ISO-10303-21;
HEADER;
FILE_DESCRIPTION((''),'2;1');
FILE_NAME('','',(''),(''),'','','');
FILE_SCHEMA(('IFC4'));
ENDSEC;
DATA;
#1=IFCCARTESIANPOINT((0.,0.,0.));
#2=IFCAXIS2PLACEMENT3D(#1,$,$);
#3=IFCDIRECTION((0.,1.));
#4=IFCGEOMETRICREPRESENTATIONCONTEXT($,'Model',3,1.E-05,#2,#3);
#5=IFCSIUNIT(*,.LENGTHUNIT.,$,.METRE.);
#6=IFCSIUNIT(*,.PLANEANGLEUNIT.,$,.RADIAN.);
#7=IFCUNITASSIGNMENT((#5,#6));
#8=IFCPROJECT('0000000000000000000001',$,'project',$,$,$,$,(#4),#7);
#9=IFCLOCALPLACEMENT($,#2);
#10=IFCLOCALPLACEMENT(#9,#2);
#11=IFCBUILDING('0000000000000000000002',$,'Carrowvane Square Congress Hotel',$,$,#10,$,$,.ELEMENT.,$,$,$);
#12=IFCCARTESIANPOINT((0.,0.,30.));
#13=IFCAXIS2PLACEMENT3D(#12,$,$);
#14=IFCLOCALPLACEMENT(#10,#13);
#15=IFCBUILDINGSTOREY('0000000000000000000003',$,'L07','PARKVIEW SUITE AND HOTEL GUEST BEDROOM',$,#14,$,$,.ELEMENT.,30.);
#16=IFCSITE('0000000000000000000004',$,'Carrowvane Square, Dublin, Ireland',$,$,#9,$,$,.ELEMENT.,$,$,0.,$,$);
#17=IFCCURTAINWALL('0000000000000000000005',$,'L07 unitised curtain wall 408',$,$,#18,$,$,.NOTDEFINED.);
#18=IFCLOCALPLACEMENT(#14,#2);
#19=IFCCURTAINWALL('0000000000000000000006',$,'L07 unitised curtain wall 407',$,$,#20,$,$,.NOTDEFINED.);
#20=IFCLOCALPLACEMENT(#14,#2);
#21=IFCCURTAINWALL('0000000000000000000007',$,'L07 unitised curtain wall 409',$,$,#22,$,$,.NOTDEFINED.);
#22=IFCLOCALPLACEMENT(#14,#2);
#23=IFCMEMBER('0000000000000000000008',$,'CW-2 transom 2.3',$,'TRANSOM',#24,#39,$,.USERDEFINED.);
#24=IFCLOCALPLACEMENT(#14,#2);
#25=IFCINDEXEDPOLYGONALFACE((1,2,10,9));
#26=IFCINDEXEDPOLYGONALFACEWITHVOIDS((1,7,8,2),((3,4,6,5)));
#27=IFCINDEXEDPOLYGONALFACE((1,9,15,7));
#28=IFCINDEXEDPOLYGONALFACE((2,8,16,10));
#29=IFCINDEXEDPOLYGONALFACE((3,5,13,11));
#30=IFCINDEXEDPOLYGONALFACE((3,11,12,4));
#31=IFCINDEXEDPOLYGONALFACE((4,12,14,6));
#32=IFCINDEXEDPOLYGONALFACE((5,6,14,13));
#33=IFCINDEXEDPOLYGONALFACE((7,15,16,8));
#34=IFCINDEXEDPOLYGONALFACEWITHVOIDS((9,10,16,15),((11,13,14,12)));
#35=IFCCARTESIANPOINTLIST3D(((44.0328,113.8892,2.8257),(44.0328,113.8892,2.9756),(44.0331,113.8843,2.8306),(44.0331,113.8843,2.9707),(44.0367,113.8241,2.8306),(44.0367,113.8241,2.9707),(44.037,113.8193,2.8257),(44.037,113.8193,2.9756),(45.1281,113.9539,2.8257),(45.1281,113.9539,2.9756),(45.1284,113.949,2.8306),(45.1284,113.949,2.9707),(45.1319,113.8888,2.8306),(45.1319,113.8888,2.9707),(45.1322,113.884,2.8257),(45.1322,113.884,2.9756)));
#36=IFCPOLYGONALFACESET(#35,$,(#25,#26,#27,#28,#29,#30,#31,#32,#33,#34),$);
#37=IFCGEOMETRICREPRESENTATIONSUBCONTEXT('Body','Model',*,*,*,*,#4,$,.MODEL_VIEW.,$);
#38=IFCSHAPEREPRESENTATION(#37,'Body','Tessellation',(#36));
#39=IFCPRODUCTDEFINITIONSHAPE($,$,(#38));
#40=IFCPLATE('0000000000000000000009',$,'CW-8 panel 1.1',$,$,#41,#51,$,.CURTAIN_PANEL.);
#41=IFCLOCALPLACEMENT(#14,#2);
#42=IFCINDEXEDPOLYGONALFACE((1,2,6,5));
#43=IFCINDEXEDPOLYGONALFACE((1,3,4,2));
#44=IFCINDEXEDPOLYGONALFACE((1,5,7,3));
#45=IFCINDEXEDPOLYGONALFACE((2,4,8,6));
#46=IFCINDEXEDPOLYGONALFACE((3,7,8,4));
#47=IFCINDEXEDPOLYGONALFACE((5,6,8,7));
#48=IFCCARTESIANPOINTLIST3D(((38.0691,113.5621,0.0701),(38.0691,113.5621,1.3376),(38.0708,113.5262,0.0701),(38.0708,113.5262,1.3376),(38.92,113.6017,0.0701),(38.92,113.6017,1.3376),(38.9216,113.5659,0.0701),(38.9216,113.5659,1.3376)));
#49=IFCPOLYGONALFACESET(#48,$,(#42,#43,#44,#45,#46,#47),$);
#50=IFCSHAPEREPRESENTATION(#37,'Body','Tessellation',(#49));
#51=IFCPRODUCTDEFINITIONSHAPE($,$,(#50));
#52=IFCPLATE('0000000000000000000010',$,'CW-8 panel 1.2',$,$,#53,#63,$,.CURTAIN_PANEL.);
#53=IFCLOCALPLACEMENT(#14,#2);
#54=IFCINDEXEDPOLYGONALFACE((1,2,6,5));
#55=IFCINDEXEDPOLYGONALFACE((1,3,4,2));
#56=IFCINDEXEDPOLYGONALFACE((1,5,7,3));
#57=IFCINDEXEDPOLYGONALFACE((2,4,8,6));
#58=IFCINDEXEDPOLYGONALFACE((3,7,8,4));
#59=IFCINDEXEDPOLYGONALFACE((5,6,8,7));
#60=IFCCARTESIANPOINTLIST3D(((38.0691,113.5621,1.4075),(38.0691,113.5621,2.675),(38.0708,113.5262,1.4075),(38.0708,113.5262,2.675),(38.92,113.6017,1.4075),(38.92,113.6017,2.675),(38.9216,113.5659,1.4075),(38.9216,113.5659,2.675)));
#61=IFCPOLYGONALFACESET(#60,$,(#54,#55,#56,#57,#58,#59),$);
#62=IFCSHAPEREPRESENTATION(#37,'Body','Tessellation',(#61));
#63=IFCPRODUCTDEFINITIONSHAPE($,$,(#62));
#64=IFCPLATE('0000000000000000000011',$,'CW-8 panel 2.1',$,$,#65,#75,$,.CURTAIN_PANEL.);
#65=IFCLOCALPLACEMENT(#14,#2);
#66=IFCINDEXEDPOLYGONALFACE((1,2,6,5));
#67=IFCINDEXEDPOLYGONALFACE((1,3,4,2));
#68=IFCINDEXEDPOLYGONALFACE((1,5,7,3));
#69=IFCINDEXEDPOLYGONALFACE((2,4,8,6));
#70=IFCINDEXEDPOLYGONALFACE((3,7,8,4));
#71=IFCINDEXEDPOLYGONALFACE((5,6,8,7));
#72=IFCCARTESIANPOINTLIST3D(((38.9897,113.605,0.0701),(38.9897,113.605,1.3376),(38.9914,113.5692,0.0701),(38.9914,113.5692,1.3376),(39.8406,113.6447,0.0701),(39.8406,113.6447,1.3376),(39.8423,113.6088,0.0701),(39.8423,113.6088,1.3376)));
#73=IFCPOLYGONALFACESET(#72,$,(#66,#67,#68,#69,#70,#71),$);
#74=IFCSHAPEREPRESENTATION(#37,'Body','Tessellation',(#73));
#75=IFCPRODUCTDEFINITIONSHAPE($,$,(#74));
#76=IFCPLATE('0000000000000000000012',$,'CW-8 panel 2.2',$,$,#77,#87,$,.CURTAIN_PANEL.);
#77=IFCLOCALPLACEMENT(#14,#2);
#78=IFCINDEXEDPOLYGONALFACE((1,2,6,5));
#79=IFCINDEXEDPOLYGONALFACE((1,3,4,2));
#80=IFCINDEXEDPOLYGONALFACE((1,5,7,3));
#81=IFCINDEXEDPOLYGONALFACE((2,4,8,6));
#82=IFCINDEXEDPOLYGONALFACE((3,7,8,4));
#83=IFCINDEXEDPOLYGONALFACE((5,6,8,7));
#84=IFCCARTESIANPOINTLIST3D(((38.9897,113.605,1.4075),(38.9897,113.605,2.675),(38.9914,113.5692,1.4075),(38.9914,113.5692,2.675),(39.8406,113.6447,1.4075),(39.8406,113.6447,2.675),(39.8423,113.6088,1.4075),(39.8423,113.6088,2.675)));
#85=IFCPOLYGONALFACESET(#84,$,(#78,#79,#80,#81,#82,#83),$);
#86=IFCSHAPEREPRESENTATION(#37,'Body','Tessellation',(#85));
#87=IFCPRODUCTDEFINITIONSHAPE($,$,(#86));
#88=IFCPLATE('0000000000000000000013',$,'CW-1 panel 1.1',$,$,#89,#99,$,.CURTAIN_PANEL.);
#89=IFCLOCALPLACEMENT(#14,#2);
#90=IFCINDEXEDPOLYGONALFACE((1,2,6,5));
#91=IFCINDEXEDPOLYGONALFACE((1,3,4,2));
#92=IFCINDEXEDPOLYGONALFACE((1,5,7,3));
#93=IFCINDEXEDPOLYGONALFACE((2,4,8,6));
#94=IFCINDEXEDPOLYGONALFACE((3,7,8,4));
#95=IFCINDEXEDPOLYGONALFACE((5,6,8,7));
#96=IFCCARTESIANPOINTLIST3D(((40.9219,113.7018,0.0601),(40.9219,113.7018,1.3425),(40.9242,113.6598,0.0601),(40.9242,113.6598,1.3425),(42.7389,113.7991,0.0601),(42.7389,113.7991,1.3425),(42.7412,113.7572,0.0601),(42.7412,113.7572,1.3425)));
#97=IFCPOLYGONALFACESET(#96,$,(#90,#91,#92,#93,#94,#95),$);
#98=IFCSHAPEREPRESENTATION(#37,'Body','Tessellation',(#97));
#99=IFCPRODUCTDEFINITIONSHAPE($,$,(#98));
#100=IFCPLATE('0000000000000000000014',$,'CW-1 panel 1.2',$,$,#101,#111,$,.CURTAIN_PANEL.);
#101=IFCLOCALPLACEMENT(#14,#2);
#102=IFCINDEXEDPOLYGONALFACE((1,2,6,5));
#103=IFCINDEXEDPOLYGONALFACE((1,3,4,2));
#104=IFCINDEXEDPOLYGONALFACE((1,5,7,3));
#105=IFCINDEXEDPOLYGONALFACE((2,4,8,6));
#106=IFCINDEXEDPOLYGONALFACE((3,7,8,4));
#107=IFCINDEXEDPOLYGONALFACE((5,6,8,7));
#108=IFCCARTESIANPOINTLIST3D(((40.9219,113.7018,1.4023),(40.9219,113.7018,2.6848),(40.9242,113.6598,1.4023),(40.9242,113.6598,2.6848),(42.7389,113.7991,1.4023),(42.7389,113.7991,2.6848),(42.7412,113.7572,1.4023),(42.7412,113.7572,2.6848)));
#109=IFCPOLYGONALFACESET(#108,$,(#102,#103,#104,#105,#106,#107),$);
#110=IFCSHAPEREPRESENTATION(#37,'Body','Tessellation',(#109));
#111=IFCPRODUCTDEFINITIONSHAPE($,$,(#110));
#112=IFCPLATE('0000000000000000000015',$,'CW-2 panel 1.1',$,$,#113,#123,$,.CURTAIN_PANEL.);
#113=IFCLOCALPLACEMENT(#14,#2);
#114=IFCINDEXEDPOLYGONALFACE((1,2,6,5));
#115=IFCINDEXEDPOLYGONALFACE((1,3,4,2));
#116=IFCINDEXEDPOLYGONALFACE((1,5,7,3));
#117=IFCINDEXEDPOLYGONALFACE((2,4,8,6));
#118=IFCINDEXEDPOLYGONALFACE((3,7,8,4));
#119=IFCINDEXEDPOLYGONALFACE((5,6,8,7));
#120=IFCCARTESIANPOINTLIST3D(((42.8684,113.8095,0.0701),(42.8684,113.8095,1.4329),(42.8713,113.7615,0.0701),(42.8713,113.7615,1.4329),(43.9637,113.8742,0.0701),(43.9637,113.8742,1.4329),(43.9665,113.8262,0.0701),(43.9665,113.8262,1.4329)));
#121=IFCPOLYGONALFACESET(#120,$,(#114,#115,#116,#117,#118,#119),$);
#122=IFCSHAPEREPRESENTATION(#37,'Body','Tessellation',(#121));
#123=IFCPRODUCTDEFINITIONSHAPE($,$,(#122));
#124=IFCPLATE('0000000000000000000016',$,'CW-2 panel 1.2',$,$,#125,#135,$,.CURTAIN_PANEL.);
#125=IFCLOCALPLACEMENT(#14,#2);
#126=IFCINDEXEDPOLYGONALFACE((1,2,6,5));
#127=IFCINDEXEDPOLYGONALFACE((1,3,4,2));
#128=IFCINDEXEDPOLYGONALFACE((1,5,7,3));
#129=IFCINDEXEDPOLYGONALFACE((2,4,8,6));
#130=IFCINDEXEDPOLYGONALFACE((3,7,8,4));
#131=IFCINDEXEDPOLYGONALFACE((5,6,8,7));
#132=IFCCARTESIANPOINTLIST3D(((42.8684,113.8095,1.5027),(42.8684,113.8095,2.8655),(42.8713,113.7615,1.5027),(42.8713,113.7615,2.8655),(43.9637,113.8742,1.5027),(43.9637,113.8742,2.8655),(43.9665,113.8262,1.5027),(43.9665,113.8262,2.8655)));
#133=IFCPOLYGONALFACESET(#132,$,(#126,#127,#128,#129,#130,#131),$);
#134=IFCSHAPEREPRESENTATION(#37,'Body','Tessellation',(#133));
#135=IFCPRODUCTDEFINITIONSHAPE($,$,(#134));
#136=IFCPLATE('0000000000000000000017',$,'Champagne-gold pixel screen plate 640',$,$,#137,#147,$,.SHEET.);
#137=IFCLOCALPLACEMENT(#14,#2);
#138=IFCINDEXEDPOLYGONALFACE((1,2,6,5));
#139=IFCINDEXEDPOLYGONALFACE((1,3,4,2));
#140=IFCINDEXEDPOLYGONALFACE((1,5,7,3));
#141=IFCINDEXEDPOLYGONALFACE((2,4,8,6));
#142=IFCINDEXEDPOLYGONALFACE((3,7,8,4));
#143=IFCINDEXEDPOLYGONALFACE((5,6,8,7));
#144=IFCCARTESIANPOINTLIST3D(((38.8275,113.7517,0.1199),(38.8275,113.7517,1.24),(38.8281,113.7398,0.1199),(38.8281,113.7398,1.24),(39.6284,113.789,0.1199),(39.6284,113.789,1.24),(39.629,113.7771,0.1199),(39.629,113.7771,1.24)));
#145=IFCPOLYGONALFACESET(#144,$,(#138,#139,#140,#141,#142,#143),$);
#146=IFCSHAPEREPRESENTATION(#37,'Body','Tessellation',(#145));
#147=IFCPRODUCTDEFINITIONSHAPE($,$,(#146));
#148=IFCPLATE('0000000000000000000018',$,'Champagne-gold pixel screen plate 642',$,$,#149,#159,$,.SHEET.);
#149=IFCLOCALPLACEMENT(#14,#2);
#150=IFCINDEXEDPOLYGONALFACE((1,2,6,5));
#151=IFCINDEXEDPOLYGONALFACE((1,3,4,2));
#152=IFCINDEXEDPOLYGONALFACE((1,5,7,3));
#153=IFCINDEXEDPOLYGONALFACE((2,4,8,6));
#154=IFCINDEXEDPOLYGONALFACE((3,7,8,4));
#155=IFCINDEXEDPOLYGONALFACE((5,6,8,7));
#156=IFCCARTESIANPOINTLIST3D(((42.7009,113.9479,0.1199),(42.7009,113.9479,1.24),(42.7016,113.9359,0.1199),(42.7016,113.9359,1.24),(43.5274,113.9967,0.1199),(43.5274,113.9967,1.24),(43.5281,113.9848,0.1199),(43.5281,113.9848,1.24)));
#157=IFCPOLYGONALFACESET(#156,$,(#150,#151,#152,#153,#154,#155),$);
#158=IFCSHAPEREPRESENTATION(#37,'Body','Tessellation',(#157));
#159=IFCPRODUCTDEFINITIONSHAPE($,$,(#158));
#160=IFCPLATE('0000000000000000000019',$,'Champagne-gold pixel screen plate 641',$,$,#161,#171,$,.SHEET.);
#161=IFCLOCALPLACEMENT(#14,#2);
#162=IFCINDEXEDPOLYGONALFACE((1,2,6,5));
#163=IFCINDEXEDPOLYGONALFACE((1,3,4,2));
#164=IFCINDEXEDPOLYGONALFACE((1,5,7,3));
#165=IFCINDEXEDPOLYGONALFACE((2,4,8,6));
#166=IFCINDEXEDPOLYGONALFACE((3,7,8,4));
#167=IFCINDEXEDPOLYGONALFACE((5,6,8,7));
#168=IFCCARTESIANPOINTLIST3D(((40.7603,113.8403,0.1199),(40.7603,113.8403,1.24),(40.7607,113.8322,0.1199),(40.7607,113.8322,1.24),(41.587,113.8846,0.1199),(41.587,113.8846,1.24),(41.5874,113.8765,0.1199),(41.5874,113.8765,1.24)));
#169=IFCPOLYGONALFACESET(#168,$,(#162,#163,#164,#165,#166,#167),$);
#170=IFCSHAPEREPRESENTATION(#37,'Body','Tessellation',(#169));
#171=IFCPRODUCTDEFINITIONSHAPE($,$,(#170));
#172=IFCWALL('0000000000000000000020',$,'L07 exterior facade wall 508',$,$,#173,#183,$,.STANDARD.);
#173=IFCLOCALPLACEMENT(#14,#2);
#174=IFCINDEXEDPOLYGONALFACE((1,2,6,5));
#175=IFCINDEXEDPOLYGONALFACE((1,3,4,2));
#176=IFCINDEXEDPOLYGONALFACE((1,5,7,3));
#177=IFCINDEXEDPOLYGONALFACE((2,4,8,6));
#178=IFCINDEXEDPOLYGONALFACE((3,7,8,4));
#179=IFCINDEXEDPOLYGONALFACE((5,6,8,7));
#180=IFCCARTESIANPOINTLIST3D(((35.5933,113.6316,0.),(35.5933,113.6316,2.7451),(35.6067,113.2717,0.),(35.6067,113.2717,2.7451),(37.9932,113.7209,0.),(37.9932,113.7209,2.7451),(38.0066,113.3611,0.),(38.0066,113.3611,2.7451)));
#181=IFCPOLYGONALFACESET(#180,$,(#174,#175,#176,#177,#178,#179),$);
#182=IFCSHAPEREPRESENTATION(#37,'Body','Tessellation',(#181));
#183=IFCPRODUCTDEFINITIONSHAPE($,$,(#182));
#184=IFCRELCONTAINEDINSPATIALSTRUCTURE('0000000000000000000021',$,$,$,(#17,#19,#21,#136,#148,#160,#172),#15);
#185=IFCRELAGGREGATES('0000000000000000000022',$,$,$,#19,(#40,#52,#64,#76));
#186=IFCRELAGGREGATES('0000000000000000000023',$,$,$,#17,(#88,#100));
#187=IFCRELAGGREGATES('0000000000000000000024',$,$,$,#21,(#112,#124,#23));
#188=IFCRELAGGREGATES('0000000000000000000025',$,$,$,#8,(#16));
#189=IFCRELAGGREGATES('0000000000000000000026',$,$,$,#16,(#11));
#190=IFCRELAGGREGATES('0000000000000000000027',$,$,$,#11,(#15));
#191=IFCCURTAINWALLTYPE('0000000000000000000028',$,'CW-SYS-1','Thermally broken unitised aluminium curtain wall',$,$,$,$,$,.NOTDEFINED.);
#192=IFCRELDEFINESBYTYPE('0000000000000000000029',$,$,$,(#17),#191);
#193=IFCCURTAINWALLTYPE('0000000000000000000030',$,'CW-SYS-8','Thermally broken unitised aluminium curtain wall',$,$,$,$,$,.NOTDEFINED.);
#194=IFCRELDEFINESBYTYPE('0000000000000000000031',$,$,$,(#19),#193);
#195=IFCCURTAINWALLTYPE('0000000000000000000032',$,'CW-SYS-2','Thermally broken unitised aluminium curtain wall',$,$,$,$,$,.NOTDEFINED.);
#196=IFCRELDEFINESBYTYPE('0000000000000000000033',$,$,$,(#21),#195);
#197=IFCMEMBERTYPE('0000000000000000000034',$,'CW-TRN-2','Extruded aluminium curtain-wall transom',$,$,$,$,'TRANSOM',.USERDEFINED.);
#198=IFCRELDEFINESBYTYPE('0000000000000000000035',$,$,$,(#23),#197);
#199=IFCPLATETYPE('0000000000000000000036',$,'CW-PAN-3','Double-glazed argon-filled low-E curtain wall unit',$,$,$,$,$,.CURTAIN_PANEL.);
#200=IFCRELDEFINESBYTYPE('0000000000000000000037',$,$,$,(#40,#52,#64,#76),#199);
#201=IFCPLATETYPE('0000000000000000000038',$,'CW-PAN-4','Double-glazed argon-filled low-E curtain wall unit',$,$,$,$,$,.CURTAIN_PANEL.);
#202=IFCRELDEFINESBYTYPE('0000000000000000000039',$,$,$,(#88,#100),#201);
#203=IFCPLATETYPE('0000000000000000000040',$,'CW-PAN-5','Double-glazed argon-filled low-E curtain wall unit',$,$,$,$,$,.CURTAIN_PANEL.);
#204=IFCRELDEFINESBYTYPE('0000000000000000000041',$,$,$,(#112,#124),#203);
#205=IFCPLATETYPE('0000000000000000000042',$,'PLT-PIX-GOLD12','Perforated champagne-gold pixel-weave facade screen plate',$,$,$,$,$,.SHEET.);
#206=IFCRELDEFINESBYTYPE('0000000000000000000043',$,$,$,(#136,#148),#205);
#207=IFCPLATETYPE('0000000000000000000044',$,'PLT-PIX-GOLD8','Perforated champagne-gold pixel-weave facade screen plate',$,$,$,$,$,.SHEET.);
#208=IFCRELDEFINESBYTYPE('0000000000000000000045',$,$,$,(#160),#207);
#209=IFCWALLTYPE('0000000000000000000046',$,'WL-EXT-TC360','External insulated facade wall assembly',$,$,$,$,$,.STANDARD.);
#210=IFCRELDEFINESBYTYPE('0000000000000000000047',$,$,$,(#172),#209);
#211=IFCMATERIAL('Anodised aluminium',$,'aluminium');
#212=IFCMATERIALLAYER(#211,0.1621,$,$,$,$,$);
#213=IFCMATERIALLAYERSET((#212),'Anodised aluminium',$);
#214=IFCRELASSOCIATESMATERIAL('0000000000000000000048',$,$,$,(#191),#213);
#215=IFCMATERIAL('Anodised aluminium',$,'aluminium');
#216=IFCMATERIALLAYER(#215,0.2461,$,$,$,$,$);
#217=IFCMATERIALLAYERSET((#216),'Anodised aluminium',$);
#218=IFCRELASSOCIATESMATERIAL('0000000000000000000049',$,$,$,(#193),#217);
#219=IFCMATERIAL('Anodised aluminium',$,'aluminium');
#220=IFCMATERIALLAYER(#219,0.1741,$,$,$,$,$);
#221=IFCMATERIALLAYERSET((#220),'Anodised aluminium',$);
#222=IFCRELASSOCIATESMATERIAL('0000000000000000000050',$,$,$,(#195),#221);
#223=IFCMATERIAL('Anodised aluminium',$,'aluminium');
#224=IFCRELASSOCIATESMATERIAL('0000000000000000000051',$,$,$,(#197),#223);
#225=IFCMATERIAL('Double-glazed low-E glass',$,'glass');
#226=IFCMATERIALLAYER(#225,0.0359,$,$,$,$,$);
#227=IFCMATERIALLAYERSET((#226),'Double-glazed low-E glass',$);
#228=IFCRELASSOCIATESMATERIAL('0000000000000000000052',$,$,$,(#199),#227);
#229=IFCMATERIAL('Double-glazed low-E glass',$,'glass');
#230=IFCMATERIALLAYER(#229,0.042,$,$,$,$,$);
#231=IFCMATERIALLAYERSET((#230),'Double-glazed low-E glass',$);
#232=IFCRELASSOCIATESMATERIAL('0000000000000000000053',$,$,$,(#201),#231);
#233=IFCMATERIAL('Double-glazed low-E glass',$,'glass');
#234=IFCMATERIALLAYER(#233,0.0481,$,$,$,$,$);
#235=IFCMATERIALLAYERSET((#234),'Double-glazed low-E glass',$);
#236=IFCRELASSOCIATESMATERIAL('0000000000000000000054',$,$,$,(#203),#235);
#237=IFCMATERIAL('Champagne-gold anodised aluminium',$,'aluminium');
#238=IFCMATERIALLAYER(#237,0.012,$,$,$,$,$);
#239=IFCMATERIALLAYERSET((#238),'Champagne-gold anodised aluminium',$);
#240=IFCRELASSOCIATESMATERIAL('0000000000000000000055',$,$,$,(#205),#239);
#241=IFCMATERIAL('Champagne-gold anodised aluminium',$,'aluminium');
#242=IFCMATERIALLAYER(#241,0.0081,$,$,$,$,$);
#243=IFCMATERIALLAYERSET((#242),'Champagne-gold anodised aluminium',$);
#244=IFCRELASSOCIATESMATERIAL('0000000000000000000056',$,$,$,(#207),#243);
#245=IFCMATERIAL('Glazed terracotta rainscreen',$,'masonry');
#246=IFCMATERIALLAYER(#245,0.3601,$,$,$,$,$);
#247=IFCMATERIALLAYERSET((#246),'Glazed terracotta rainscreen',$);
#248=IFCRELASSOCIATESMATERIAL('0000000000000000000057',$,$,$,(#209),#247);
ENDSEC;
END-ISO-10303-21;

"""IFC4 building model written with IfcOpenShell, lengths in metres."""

from ifc_helpers import new_model, si_unit, direction, frame, frame_2d, origin, origin_2d, place, context, subcontext, project, spatial, rectangle, hollow_rectangle, extrude, material, layer, layer_set, material_profile, profile_set, type_object, element, aggregate, save


model = new_model("IFC4")

# Units and contexts
model_context = context("Model", 3, precision=1e-05, world=origin(), true_north=direction((0.0, 1.0)))
body_context = subcontext(model_context, "Body", "Model", "MODEL_VIEW")
ifc_project = project(units=[si_unit("LENGTHUNIT", "METRE"), si_unit("PLANEANGLEUNIT", "RADIAN")], contexts=[model_context])

# Site, building, storey
site_placement = place(None, origin())
site = spatial("IfcSite", under=ifc_project, at=site_placement, Name="Carrowvane Square, Dublin, Ireland", CompositionType="ELEMENT", RefElevation=0.0)
building_placement = place(site_placement, origin())
building = spatial("IfcBuilding", under=site, at=building_placement, Name="Carrowvane Square Congress Hotel", CompositionType="ELEMENT")
storey_placement = place(building_placement, frame((0.0, 0.0, 30.0)))
storey = spatial("IfcBuildingStorey", under=building, at=storey_placement, Name="L07", Description="PARKVIEW SUITE AND HOTEL GUEST BEDROOM", CompositionType="ELEMENT", Elevation=30.0)

# Curtain walls
ifc_material_1 = material(Name="Anodised aluminium", Category="aluminium")
ifc_layer_1 = layer(ifc_material_1, 0.1621)
ifc_layer_set_1 = layer_set([ifc_layer_1], Name="Anodised aluminium")
curtain_wall_type_1 = type_object("IfcCurtainWallType", Name="CW-SYS-1", Description="Thermally broken unitised aluminium curtain wall", PredefinedType="NOTDEFINED", material=ifc_layer_set_1)
curtain_wall_1_placement = place(storey_placement, origin())
curtain_wall_1 = element("IfcCurtainWall", 1, at=curtain_wall_1_placement, inside=storey, type_object=curtain_wall_type_1, Name="L07 unitised curtain wall 408", PredefinedType="NOTDEFINED")
ifc_material_2 = material(Name="Anodised aluminium", Category="aluminium")
ifc_layer_2 = layer(ifc_material_2, 0.2461)
ifc_layer_set_2 = layer_set([ifc_layer_2], Name="Anodised aluminium")
curtain_wall_type_2 = type_object("IfcCurtainWallType", Name="CW-SYS-8", Description="Thermally broken unitised aluminium curtain wall", PredefinedType="NOTDEFINED", material=ifc_layer_set_2)
curtain_wall_2_placement = place(storey_placement, origin())
curtain_wall_2 = element("IfcCurtainWall", 2, at=curtain_wall_2_placement, inside=storey, type_object=curtain_wall_type_2, Name="L07 unitised curtain wall 407", PredefinedType="NOTDEFINED")
ifc_material_3 = material(Name="Anodised aluminium", Category="aluminium")
ifc_layer_3 = layer(ifc_material_3, 0.1741)
ifc_layer_set_3 = layer_set([ifc_layer_3], Name="Anodised aluminium")
curtain_wall_type_3 = type_object("IfcCurtainWallType", Name="CW-SYS-2", Description="Thermally broken unitised aluminium curtain wall", PredefinedType="NOTDEFINED", material=ifc_layer_set_3)
curtain_wall_3_placement = place(storey_placement, origin())
curtain_wall_3 = element("IfcCurtainWall", 3, at=curtain_wall_3_placement, inside=storey, type_object=curtain_wall_type_3, Name="L07 unitised curtain wall 409", PredefinedType="NOTDEFINED")

# Member
ifc_material_4 = material(Name="Anodised aluminium", Category="aluminium")
ifc_material_profile_1 = material_profile(ifc_material_4, hollow_rectangle(XDim=0.0701, YDim=0.1499, WallThickness=0.0049, at=origin_2d()), Name="CW-TR 70x150x5")
ifc_profile_set_1 = profile_set([ifc_material_profile_1], Name="Anodised aluminium")
member_type_1 = type_object("IfcMemberType", Name="CW-TRN-2", Description="Extruded aluminium curtain-wall transom", ElementType="TRANSOM", PredefinedType="USERDEFINED", material=ifc_profile_set_1)
member_1_placement = place(storey_placement, frame((44.0349, 113.8542, 2.9006), z_axis=(0.99826, 0.05897, 0.0), x_axis=(-0.05897, 0.99826, 0.0)))
member_1 = element("IfcMember", 4, at=member_1_placement, type_object=member_type_1, Name="CW-2 transom 2.3", ObjectType="TRANSOM", PredefinedType="USERDEFINED", context=body_context, shape_type="SweptSolid", body=[
    extrude(hollow_rectangle(XDim=0.0701, YDim=0.1499, WallThickness=0.0049, at=origin_2d()), origin(), (0.0, 0.0, 1.0), 1.0972),
])

# Plates
ifc_material_5 = material(Name="Double-glazed low-E glass", Category="glass")
ifc_layer_4 = layer(ifc_material_5, 0.0359)
ifc_layer_set_4 = layer_set([ifc_layer_4], Name="Double-glazed low-E glass")
plate_type_1 = type_object("IfcPlateType", Name="CW-PAN-3", Description="Double-glazed argon-filled low-E curtain wall unit", PredefinedType="CURTAIN_PANEL", material=ifc_layer_set_4)
plate_1_placement = place(storey_placement, frame((38.4954, 113.564, 0.0701), z_axis=(0.0, 0.0, 1.0), x_axis=(0.998917, 0.046522, 0.0)))
plate_1 = element("IfcPlate", 5, at=plate_1_placement, type_object=plate_type_1, Name="CW-8 panel 1.1", PredefinedType="CURTAIN_PANEL", context=body_context, shape_type="SweptSolid", body=[
    extrude(rectangle(XDim=0.8518, YDim=0.0359, at=origin_2d()), origin(), (0.0, 0.0, 1.0), 1.2676),
])
plate_2_placement = place(storey_placement, frame((38.4954, 113.564, 1.4075), z_axis=(0.0, 0.0, 1.0), x_axis=(0.998917, 0.046522, 0.0)))
plate_2 = element("IfcPlate", 6, at=plate_2_placement, type_object=plate_type_1, Name="CW-8 panel 1.2", PredefinedType="CURTAIN_PANEL", context=body_context, shape_type="SweptSolid", body=[
    extrude(rectangle(XDim=0.8518, YDim=0.0359, at=origin_2d()), origin(), (0.0, 0.0, 1.0), 1.2676),
])
plate_3_placement = place(storey_placement, frame((39.416, 113.6069, 0.0701), z_axis=(0.0, 0.0, 1.0), x_axis=(0.998917, 0.046522, 0.0)))
plate_3 = element("IfcPlate", 7, at=plate_3_placement, type_object=plate_type_1, Name="CW-8 panel 2.1", PredefinedType="CURTAIN_PANEL", context=body_context, shape_type="SweptSolid", body=[
    extrude(rectangle(XDim=0.8518, YDim=0.0359, at=origin_2d()), origin(), (0.0, 0.0, 1.0), 1.2676),
])
plate_4_placement = place(storey_placement, frame((39.416, 113.6069, 1.4075), z_axis=(0.0, 0.0, 1.0), x_axis=(0.998917, 0.046522, 0.0)))
plate_4 = element("IfcPlate", 8, at=plate_4_placement, type_object=plate_type_1, Name="CW-8 panel 2.2", PredefinedType="CURTAIN_PANEL", context=body_context, shape_type="SweptSolid", body=[
    extrude(rectangle(XDim=0.8518, YDim=0.0359, at=origin_2d()), origin(), (0.0, 0.0, 1.0), 1.2676),
])
aggregate(curtain_wall_2, [plate_1, plate_2, plate_3, plate_4])
ifc_material_6 = material(Name="Double-glazed low-E glass", Category="glass")
ifc_layer_5 = layer(ifc_material_6, 0.042)
ifc_layer_set_5 = layer_set([ifc_layer_5], Name="Double-glazed low-E glass")
plate_type_2 = type_object("IfcPlateType", Name="CW-PAN-4", Description="Double-glazed argon-filled low-E curtain wall unit", PredefinedType="CURTAIN_PANEL", material=ifc_layer_set_5)
plate_5_placement = place(storey_placement, frame((41.8315, 113.7295, 0.0601), z_axis=(0.0, 0.0, 1.0), x_axis=(0.998567, 0.053514, 0.0)))
plate_5 = element("IfcPlate", 9, at=plate_5_placement, type_object=plate_type_2, Name="CW-1 panel 1.1", PredefinedType="CURTAIN_PANEL", context=body_context, shape_type="SweptSolid", body=[
    extrude(rectangle(XDim=1.8196, YDim=0.042, at=origin_2d()), origin(), (0.0, 0.0, 1.0), 1.2825),
])
plate_6_placement = place(storey_placement, frame((41.8315, 113.7295, 1.4023), z_axis=(0.0, 0.0, 1.0), x_axis=(0.998567, 0.053514, 0.0)))
plate_6 = element("IfcPlate", 10, at=plate_6_placement, type_object=plate_type_2, Name="CW-1 panel 1.2", PredefinedType="CURTAIN_PANEL", context=body_context, shape_type="SweptSolid", body=[
    extrude(rectangle(XDim=1.8196, YDim=0.042, at=origin_2d()), origin(), (0.0, 0.0, 1.0), 1.2825),
])
aggregate(curtain_wall_1, [plate_5, plate_6])
ifc_material_7 = material(Name="Double-glazed low-E glass", Category="glass")
ifc_layer_6 = layer(ifc_material_7, 0.0481)
ifc_layer_set_6 = layer_set([ifc_layer_6], Name="Double-glazed low-E glass")
plate_type_3 = type_object("IfcPlateType", Name="CW-PAN-5", Description="Double-glazed argon-filled low-E curtain wall unit", PredefinedType="CURTAIN_PANEL", material=ifc_layer_set_6)
plate_7_placement = place(storey_placement, frame((43.4175, 113.8179, 0.0701), z_axis=(0.0, 0.0, 1.0), x_axis=(0.998259, 0.058989, 0.0)))
plate_7 = element("IfcPlate", 11, at=plate_7_placement, type_object=plate_type_3, Name="CW-2 panel 1.1", PredefinedType="CURTAIN_PANEL", context=body_context, shape_type="SweptSolid", body=[
    extrude(rectangle(XDim=1.0972, YDim=0.0481, at=origin_2d()), origin(), (0.0, 0.0, 1.0), 1.3628),
])
plate_8_placement = place(storey_placement, frame((43.4175, 113.8179, 1.5027), z_axis=(0.0, 0.0, 1.0), x_axis=(0.998259, 0.058989, 0.0)))
plate_8 = element("IfcPlate", 12, at=plate_8_placement, type_object=plate_type_3, Name="CW-2 panel 1.2", PredefinedType="CURTAIN_PANEL", context=body_context, shape_type="SweptSolid", body=[
    extrude(rectangle(XDim=1.0972, YDim=0.0481, at=origin_2d()), origin(), (0.0, 0.0, 1.0), 1.3628),
])
aggregate(curtain_wall_3, [plate_7, plate_8, member_1])

# Plates
ifc_material_8 = material(Name="Champagne-gold anodised aluminium", Category="aluminium")
ifc_layer_7 = layer(ifc_material_8, 0.012)
ifc_layer_set_7 = layer_set([ifc_layer_7], Name="Champagne-gold anodised aluminium")
plate_type_4 = type_object("IfcPlateType", Name="PLT-PIX-GOLD12", Description="Perforated champagne-gold pixel-weave facade screen plate", PredefinedType="SHEET", material=ifc_layer_set_7)
plate_9_placement = place(storey_placement, frame((39.2283, 113.7644, 0.1199), z_axis=(0.0, 0.0, 1.0), x_axis=(0.998917, 0.046521, 0.0)))
element("IfcPlate", 13, at=plate_9_placement, inside=storey, type_object=plate_type_4, Name="Champagne-gold pixel screen plate 640", PredefinedType="SHEET", context=body_context, shape_type="SweptSolid", body=[
    extrude(rectangle(XDim=0.8018, YDim=0.012, at=origin_2d()), origin(), (0.0, 0.0, 1.0), 1.1201),
])
plate_10_placement = place(storey_placement, frame((43.1145, 113.9663, 0.1199), z_axis=(0.0, 0.0, 1.0), x_axis=(0.998259, 0.058985, 0.0)))
element("IfcPlate", 14, at=plate_10_placement, inside=storey, type_object=plate_type_4, Name="Champagne-gold pixel screen plate 642", PredefinedType="SHEET", context=body_context, shape_type="SweptSolid", body=[
    extrude(rectangle(XDim=0.8279, YDim=0.012, at=origin_2d()), origin(), (0.0, 0.0, 1.0), 1.1201),
])
ifc_material_9 = material(Name="Champagne-gold anodised aluminium", Category="aluminium")
ifc_layer_8 = layer(ifc_material_9, 0.0081)
ifc_layer_set_8 = layer_set([ifc_layer_8], Name="Champagne-gold anodised aluminium")
plate_type_5 = type_object("IfcPlateType", Name="PLT-PIX-GOLD8", Description="Perforated champagne-gold pixel-weave facade screen plate", PredefinedType="SHEET", material=ifc_layer_set_8)
plate_11_placement = place(storey_placement, frame((41.1738, 113.8584, 0.1199), z_axis=(0.0, 0.0, 1.0), x_axis=(0.998567, 0.053517, 0.0)))
element("IfcPlate", 15, at=plate_11_placement, inside=storey, type_object=plate_type_5, Name="Champagne-gold pixel screen plate 641", PredefinedType="SHEET", context=body_context, shape_type="SweptSolid", body=[
    extrude(rectangle(XDim=0.8279, YDim=0.0081, at=origin_2d()), origin(), (0.0, 0.0, 1.0), 1.1201),
])

# Wall
ifc_material_10 = material(Name="Glazed terracotta rainscreen", Category="masonry")
ifc_layer_9 = layer(ifc_material_10, 0.3601)
ifc_layer_set_9 = layer_set([ifc_layer_9], Name="Glazed terracotta rainscreen")
wall_type = type_object("IfcWallType", Name="WL-EXT-TC360", Description="External insulated facade wall assembly", PredefinedType="STANDARD", material=ifc_layer_set_9)
wall_placement = place(storey_placement, frame((35.6001, 113.4517, 0.0), z_axis=(0.0, 0.0, 1.0), x_axis=(0.999308, 0.037207, 0.0)))
element("IfcWall", 16, at=wall_placement, inside=storey, type_object=wall_type, Name="L07 exterior facade wall 508", PredefinedType="STANDARD", context=body_context, shape_type="SweptSolid", body=[
    extrude(rectangle(XDim=2.4016, YDim=0.3601, at=frame_2d((1.2007, 0.0))), origin(), (0.0, 0.0, 1.0), 2.7451),
])

save(model, "model.ifc")
